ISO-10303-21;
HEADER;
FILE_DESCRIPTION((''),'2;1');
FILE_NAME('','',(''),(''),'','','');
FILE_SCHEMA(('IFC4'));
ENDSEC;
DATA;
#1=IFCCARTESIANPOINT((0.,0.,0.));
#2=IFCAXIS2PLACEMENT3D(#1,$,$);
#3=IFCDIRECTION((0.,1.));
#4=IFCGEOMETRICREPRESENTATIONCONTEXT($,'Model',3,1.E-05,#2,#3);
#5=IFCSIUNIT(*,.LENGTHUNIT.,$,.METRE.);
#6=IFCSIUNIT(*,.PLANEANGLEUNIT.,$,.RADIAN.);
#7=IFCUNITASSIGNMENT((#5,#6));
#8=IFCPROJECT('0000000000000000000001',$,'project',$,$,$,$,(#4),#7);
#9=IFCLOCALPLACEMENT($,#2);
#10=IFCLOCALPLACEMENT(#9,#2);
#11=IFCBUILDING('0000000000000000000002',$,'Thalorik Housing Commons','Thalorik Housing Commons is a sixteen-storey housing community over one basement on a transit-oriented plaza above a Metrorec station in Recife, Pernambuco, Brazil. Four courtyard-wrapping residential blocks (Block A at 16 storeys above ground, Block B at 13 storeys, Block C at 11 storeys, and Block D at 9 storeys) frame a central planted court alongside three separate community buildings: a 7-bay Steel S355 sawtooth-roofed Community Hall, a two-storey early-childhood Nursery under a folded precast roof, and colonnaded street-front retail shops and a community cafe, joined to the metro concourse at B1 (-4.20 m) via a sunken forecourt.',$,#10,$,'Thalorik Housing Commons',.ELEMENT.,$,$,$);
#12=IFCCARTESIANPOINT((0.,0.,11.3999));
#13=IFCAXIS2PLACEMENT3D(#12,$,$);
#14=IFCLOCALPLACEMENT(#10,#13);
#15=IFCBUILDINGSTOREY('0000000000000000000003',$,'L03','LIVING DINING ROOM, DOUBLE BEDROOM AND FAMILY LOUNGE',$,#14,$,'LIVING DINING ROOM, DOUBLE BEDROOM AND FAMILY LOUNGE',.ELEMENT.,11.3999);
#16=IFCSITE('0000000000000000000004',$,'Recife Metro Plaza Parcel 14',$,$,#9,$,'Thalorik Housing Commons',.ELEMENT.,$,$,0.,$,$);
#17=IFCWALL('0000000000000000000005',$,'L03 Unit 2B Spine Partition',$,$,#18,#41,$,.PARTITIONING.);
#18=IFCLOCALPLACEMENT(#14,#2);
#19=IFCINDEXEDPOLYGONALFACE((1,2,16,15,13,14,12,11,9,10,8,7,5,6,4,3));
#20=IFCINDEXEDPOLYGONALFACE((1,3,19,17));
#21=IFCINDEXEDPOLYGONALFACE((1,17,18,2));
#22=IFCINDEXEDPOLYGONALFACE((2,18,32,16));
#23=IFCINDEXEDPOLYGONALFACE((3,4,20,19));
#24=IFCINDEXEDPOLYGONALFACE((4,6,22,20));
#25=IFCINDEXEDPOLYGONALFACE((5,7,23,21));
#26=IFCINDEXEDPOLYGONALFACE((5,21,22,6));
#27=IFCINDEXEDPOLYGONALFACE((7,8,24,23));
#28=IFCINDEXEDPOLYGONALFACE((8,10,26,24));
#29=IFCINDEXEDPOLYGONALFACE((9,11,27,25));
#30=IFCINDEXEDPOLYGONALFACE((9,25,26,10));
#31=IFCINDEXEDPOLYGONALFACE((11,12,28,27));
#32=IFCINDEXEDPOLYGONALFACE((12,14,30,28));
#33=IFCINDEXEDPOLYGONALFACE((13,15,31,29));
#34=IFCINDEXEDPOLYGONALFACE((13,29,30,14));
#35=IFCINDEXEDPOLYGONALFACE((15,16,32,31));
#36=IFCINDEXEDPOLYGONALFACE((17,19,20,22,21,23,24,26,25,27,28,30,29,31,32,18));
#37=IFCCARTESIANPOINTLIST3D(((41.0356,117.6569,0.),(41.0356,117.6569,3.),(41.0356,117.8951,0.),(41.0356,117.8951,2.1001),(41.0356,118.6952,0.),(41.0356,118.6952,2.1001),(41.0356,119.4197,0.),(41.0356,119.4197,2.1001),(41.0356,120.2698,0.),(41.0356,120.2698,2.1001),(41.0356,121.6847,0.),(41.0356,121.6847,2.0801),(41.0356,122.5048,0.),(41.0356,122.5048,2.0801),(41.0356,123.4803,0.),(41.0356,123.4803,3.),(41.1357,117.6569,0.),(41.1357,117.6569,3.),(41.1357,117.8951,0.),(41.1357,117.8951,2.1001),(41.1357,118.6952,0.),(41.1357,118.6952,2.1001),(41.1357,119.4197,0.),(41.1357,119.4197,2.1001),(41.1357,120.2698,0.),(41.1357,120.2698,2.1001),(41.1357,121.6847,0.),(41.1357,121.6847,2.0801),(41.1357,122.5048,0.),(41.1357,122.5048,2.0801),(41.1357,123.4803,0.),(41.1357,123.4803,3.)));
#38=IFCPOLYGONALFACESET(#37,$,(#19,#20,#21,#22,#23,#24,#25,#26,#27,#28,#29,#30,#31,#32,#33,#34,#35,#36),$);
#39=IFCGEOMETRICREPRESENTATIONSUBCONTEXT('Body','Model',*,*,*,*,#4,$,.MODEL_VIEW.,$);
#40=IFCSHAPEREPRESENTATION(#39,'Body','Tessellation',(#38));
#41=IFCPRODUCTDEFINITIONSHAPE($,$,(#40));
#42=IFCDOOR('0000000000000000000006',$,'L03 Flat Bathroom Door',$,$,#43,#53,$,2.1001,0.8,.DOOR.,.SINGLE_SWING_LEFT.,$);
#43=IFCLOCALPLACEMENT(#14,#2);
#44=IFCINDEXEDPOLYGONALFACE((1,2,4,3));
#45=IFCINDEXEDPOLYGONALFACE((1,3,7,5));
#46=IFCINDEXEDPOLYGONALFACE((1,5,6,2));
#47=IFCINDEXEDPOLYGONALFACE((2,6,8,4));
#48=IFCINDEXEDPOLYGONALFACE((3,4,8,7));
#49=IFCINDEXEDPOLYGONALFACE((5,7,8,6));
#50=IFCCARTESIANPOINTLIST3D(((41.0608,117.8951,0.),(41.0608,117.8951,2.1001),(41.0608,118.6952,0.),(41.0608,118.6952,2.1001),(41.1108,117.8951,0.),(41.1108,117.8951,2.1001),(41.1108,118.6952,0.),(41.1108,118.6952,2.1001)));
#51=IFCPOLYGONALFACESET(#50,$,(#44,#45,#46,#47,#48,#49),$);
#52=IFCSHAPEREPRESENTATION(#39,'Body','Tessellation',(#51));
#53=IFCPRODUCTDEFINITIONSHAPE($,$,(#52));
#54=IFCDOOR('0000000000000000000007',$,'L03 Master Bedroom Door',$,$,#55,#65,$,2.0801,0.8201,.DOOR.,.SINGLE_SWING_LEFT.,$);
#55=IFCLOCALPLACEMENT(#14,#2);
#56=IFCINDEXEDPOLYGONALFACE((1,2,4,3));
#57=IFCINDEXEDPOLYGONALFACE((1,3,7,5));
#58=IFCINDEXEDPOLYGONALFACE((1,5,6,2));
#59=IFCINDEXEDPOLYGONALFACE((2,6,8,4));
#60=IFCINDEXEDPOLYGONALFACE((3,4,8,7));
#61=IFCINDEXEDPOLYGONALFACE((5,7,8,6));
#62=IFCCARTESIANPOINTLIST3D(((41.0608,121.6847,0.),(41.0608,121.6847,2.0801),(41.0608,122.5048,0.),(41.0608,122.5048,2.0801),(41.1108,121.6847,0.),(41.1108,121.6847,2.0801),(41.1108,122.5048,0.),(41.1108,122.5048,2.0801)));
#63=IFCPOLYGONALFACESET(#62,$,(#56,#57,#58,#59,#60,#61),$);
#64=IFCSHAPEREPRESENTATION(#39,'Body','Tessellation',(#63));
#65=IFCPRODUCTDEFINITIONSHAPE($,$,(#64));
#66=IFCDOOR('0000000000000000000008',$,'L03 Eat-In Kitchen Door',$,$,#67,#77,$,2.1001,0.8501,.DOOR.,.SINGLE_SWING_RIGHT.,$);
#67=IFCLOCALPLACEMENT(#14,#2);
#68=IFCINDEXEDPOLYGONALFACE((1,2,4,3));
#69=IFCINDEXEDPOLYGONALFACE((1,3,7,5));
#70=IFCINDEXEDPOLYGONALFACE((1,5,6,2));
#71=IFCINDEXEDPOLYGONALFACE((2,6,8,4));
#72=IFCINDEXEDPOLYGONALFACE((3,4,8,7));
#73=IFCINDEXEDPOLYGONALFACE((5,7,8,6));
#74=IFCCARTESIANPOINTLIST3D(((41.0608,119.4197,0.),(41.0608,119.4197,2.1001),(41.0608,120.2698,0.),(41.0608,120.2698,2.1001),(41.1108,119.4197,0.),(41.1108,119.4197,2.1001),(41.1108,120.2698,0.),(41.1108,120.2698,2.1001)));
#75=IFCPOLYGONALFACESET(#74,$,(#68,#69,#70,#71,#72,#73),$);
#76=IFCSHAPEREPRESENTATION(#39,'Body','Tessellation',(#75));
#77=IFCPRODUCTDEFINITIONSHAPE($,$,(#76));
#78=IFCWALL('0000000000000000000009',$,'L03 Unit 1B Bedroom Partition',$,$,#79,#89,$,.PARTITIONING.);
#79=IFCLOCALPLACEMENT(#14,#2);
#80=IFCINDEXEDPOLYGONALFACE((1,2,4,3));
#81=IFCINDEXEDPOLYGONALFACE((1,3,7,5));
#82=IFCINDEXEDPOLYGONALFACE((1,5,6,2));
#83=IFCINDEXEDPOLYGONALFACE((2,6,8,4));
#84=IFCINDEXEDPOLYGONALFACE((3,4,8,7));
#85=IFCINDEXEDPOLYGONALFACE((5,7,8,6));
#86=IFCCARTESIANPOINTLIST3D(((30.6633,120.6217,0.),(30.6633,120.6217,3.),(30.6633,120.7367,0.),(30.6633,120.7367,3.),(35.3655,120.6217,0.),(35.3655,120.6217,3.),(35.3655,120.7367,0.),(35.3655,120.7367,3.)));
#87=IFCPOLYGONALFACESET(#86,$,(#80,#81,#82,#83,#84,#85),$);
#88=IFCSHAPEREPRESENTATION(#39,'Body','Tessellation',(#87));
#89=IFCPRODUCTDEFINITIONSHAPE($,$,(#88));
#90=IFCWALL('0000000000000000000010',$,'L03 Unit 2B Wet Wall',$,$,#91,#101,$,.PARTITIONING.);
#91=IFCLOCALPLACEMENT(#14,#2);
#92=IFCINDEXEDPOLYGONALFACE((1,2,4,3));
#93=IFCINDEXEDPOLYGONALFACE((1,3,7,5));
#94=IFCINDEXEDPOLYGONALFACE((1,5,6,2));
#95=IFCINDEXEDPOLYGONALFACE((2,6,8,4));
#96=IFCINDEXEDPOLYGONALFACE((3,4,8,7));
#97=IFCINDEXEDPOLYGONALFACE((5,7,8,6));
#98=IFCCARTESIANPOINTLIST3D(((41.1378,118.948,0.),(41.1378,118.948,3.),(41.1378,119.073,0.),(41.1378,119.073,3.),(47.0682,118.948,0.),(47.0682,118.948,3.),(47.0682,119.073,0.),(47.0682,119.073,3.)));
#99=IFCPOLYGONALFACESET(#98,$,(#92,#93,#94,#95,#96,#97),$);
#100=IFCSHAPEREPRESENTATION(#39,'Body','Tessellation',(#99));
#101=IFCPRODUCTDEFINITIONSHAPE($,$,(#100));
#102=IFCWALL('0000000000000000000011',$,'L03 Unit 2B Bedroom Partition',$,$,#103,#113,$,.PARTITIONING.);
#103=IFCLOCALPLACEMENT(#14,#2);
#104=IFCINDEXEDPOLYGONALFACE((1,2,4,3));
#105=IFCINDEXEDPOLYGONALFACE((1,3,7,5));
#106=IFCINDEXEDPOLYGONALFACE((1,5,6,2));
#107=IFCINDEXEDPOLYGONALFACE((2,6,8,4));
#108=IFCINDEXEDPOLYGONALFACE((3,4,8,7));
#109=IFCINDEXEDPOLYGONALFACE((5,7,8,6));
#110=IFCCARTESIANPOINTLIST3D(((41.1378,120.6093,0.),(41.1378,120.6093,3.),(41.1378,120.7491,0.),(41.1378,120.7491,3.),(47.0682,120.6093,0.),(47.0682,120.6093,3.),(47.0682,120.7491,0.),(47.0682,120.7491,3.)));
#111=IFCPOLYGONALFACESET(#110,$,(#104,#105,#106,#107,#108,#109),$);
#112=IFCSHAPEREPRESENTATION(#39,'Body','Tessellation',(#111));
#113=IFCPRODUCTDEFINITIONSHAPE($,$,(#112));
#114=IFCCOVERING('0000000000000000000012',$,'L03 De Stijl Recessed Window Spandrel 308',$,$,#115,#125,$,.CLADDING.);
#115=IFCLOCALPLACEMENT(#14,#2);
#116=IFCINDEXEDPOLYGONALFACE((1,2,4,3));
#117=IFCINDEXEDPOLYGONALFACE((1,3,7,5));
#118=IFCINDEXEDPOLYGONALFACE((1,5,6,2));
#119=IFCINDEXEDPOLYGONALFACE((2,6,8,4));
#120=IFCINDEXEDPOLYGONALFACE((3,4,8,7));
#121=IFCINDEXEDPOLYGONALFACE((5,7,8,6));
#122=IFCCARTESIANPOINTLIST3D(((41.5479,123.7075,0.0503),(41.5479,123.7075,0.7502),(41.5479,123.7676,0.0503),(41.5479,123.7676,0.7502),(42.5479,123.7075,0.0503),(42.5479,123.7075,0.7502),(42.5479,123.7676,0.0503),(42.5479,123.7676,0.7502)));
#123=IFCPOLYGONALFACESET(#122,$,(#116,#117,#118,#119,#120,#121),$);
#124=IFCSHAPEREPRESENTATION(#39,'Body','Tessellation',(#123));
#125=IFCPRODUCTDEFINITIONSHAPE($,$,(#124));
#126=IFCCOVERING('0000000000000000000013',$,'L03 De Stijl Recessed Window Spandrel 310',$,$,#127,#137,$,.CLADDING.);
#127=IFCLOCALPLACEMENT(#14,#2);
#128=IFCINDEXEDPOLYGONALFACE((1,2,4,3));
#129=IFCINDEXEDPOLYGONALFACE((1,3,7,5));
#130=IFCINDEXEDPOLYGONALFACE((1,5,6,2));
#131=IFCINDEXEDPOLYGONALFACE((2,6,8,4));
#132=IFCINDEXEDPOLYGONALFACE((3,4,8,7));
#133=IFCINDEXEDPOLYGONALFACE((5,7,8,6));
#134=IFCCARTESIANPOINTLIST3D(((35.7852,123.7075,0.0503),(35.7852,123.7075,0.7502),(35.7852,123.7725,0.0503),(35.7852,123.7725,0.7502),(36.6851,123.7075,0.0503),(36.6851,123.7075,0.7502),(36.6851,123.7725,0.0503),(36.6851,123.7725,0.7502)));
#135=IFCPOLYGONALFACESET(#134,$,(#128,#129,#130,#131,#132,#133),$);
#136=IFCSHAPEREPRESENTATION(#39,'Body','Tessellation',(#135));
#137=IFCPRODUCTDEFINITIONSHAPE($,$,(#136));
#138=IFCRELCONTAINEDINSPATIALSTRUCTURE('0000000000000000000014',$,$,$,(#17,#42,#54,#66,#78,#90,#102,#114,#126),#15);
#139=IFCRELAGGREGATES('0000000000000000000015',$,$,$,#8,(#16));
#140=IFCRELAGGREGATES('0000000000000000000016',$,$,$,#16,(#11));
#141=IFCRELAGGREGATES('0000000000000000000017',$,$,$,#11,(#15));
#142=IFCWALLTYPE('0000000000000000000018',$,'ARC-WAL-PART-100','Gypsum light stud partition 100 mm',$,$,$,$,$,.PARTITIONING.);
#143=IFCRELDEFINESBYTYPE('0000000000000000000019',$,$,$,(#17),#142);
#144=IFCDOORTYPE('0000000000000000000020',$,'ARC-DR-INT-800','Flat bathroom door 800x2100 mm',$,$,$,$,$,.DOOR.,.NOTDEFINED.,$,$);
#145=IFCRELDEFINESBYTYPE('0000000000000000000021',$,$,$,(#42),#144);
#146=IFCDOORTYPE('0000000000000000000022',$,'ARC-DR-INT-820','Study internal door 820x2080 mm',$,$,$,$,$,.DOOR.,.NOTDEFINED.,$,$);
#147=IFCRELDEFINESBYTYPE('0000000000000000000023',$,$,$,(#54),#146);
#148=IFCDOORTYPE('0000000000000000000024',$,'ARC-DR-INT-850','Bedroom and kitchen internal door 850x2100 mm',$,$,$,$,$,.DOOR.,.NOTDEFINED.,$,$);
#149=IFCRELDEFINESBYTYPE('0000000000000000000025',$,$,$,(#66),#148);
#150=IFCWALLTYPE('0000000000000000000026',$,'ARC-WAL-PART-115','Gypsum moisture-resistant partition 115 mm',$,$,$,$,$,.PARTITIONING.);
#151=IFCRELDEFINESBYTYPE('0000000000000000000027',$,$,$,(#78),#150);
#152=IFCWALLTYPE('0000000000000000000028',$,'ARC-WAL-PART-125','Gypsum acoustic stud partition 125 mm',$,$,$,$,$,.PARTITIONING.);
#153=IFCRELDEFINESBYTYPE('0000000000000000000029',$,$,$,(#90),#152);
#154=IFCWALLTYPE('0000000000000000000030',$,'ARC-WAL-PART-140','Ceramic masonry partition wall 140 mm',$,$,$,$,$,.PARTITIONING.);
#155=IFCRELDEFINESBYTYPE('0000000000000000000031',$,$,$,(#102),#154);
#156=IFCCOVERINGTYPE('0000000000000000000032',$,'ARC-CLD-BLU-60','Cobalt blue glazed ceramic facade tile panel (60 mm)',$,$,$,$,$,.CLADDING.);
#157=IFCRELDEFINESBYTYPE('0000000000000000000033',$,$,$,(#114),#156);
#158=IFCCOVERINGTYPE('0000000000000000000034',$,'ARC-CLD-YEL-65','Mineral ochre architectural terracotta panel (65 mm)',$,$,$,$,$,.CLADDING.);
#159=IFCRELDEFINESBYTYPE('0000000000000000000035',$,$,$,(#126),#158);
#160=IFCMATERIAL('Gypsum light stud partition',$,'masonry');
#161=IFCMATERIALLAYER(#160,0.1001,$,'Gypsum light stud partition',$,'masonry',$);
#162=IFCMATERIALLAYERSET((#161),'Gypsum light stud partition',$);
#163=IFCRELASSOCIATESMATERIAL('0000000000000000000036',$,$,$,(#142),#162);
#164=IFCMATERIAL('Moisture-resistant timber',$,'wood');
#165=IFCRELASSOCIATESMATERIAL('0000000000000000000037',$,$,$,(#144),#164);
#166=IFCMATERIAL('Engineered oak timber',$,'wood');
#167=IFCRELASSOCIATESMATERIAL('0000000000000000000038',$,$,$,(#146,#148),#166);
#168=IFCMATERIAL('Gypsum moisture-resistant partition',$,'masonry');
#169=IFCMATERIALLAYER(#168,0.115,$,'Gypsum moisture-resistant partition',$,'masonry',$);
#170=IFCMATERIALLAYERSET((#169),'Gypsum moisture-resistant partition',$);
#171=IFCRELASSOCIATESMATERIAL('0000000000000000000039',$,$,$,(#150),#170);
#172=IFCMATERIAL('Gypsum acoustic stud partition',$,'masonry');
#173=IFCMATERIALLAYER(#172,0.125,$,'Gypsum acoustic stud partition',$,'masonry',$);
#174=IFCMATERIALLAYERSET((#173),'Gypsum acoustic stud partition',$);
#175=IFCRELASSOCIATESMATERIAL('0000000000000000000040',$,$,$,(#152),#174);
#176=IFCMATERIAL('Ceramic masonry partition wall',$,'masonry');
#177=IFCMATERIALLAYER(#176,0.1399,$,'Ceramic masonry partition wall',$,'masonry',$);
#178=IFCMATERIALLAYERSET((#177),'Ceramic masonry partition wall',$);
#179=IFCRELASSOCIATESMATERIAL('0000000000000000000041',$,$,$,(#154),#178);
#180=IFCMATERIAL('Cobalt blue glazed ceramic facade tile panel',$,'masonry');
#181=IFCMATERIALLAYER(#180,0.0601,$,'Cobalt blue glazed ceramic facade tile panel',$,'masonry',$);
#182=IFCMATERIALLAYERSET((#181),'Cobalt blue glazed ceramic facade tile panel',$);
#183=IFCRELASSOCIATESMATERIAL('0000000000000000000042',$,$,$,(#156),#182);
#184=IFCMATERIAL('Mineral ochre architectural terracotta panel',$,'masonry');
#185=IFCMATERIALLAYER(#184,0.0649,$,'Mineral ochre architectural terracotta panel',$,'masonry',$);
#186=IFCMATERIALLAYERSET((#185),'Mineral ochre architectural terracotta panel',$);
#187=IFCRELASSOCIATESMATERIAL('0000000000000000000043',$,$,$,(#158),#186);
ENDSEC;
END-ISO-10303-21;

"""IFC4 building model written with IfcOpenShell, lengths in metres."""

from ifc_helpers import new_model, si_unit, direction, frame, frame_2d, origin, origin_2d, place, context, subcontext, project, spatial, rectangle, extrude, material, layer, layer_set, type_object, element, fill, save


model = new_model("IFC4")

# Units and contexts
model_context = context("Model", 3, precision=1e-05, world=origin(), true_north=direction((0.0, 1.0)))
body_context = subcontext(model_context, "Body", "Model", "MODEL_VIEW")
ifc_project = project(units=[si_unit("LENGTHUNIT", "METRE"), si_unit("PLANEANGLEUNIT", "RADIAN")], contexts=[model_context])

# Site, building, storey
site_placement = place(None, origin())
site = spatial("IfcSite", under=ifc_project, at=site_placement, Name="Recife Metro Plaza Parcel 14", LongName="Thalorik Housing Commons", CompositionType="ELEMENT", RefElevation=0.0)
building_placement = place(site_placement, origin())
building = spatial("IfcBuilding", under=site, at=building_placement, Name="Thalorik Housing Commons", Description="Thalorik Housing Commons is a sixteen-storey housing community over one basement on a transit-oriented plaza above a Metrorec station in Recife, Pernambuco, Brazil. Four courtyard-wrapping residential blocks (Block A at 16 storeys above ground, Block B at 13 storeys, Block C at 11 storeys, and Block D at 9 storeys) frame a central planted court alongside three separate community buildings: a 7-bay Steel S355 sawtooth-roofed Community Hall, a two-storey early-childhood Nursery under a folded precast roof, and colonnaded street-front retail shops and a community cafe, joined to the metro concourse at B1 (-4.20 m) via a sunken forecourt.", LongName="Thalorik Housing Commons", CompositionType="ELEMENT")
storey_placement = place(building_placement, frame((0.0, 0.0, 11.3999)))
storey = spatial("IfcBuildingStorey", under=building, at=storey_placement, Name="L03", Description="LIVING DINING ROOM, DOUBLE BEDROOM AND FAMILY LOUNGE", LongName="LIVING DINING ROOM, DOUBLE BEDROOM AND FAMILY LOUNGE", CompositionType="ELEMENT", Elevation=11.3999)

# Shared definitions
ifc_material_1 = material(Name="Gypsum light stud partition", Category="masonry")
ifc_layer_1 = layer(ifc_material_1, 0.1001, Name="Gypsum light stud partition", Category="masonry")
ifc_layer_set_1 = layer_set([ifc_layer_1], Name="Gypsum light stud partition")
wall_type_1 = type_object("IfcWallType", Name="ARC-WAL-PART-100", Description="Gypsum light stud partition 100 mm", PredefinedType="PARTITIONING", material=ifc_layer_set_1)

# Wall, openings, doors
wall_1_placement = place(storey_placement, frame((41.0857, 117.657, 0.0), z_axis=(0.0, 0.0, 1.0), x_axis=(0.0, 1.0, 0.0)))
wall_1 = element("IfcWall", 1, at=wall_1_placement, inside=storey, type_object=wall_type_1, Name="L03 Unit 2B Spine Partition", PredefinedType="PARTITIONING", context=body_context, shape_type="SweptSolid", body=[
    extrude(rectangle(XDim=5.8235, YDim=0.1001, at=frame_2d((2.9116, 0.0))), origin(), (0.0, 0.0, 1.0), 3.0),
])
opening_1_placement = place(wall_1_placement, frame((0.2383, 0.0, 0.0)))
opening_1 = element("IfcOpeningElement", 2, at=opening_1_placement, cuts=wall_1, PredefinedType="OPENING", context=body_context, shape_type="SweptSolid", body=[
    extrude(rectangle(XDim=0.8, YDim=2.1001, at=frame_2d((0.3999, 1.05))), frame((0.0, 0.0601, 0.0), z_axis=(0.0, -1.0, 0.0), x_axis=(1.0, 0.0, 0.0)), (0.0, 0.0, 1.0), 0.1201),
])
opening_2_placement = place(wall_1_placement, frame((1.7627, 0.0, 0.0)))
opening_2 = element("IfcOpeningElement", 3, at=opening_2_placement, cuts=wall_1, PredefinedType="OPENING", context=body_context, shape_type="SweptSolid", body=[
    extrude(rectangle(XDim=0.8501, YDim=2.1001, at=frame_2d((0.425, 1.05))), frame((0.0, 0.0601, 0.0), z_axis=(0.0, -1.0, 0.0), x_axis=(1.0, 0.0, 0.0)), (0.0, 0.0, 1.0), 0.1201),
])
opening_3_placement = place(wall_1_placement, frame((4.0276, 0.0, 0.0)))
opening_3 = element("IfcOpeningElement", 4, at=opening_3_placement, cuts=wall_1, PredefinedType="OPENING", context=body_context, shape_type="SweptSolid", body=[
    extrude(rectangle(XDim=0.8201, YDim=2.0801, at=frame_2d((0.4102, 1.04))), frame((0.0, 0.0601, 0.0), z_axis=(0.0, -1.0, 0.0), x_axis=(1.0, 0.0, 0.0)), (0.0, 0.0, 1.0), 0.1201),
])
ifc_material_2 = material(Name="Moisture-resistant timber", Category="wood")
door_type_1 = type_object("IfcDoorType", Name="ARC-DR-INT-800", Description="Flat bathroom door 800x2100 mm", OperationType="NOTDEFINED", PredefinedType="DOOR", material=ifc_material_2)
door_1_placement = place(opening_1_placement, origin())
door_1 = element("IfcDoor", 5, at=door_1_placement, inside=storey, type_object=door_type_1, Name="L03 Flat Bathroom Door", OperationType="SINGLE_SWING_LEFT", OverallHeight=2.1001, OverallWidth=0.8, PredefinedType="DOOR", context=body_context, shape_type="SweptSolid", body=[
    extrude(rectangle(XDim=0.8, YDim=2.1001, at=frame_2d((0.3999, 1.05))), frame((0.0, 0.0249, 0.0), z_axis=(0.0, -1.0, 0.0), x_axis=(1.0, 0.0, 0.0)), (0.0, 0.0, 1.0), 0.05),
])
fill(opening_1, door_1)
ifc_material_3 = material(Name="Engineered oak timber", Category="wood")
door_type_2 = type_object("IfcDoorType", Name="ARC-DR-INT-820", Description="Study internal door 820x2080 mm", OperationType="NOTDEFINED", PredefinedType="DOOR", material=ifc_material_3)
door_2_placement = place(opening_3_placement, origin())
door_2 = element("IfcDoor", 6, at=door_2_placement, inside=storey, type_object=door_type_2, Name="L03 Master Bedroom Door", OperationType="SINGLE_SWING_LEFT", OverallHeight=2.0801, OverallWidth=0.8201, PredefinedType="DOOR", context=body_context, shape_type="SweptSolid", body=[
    extrude(rectangle(XDim=0.8201, YDim=2.0801, at=frame_2d((0.4102, 1.04))), frame((0.0, 0.0249, 0.0), z_axis=(0.0, -1.0, 0.0), x_axis=(1.0, 0.0, 0.0)), (0.0, 0.0, 1.0), 0.05),
])
fill(opening_3, door_2)
door_type_3 = type_object("IfcDoorType", Name="ARC-DR-INT-850", Description="Bedroom and kitchen internal door 850x2100 mm", OperationType="NOTDEFINED", PredefinedType="DOOR", material=ifc_material_3)
door_3_placement = place(opening_2_placement, origin())
door_3 = element("IfcDoor", 7, at=door_3_placement, inside=storey, type_object=door_type_3, Name="L03 Eat-In Kitchen Door", OperationType="SINGLE_SWING_RIGHT", OverallHeight=2.1001, OverallWidth=0.8501, PredefinedType="DOOR", context=body_context, shape_type="SweptSolid", body=[
    extrude(rectangle(XDim=0.8501, YDim=2.1001, at=frame_2d((0.425, 1.05))), frame((0.0, 0.0249, 0.0), z_axis=(0.0, -1.0, 0.0), x_axis=(1.0, 0.0, 0.0)), (0.0, 0.0, 1.0), 0.05),
])
fill(opening_2, door_3)

# Walls
ifc_material_4 = material(Name="Gypsum moisture-resistant partition", Category="masonry")
ifc_layer_2 = layer(ifc_material_4, 0.115, Name="Gypsum moisture-resistant partition", Category="masonry")
ifc_layer_set_2 = layer_set([ifc_layer_2], Name="Gypsum moisture-resistant partition")
wall_type_2 = type_object("IfcWallType", Name="ARC-WAL-PART-115", Description="Gypsum moisture-resistant partition 115 mm", PredefinedType="PARTITIONING", material=ifc_layer_set_2)
wall_2_placement = place(storey_placement, frame((30.6633, 120.6792, 0.0), z_axis=(0.0, 0.0, 1.0), x_axis=(1.0, 0.0, 0.0)))
element("IfcWall", 8, at=wall_2_placement, inside=storey, type_object=wall_type_2, Name="L03 Unit 1B Bedroom Partition", PredefinedType="PARTITIONING", context=body_context, shape_type="SweptSolid", body=[
    extrude(rectangle(XDim=4.7021, YDim=0.115, at=frame_2d((2.3511, 0.0))), origin(), (0.0, 0.0, 1.0), 3.0),
])
ifc_material_5 = material(Name="Gypsum acoustic stud partition", Category="masonry")
ifc_layer_3 = layer(ifc_material_5, 0.125, Name="Gypsum acoustic stud partition", Category="masonry")
ifc_layer_set_3 = layer_set([ifc_layer_3], Name="Gypsum acoustic stud partition")
wall_type_3 = type_object("IfcWallType", Name="ARC-WAL-PART-125", Description="Gypsum acoustic stud partition 125 mm", PredefinedType="PARTITIONING", material=ifc_layer_set_3)
wall_3_placement = place(storey_placement, frame((41.1377, 119.0105, 0.0), z_axis=(0.0, 0.0, 1.0), x_axis=(1.0, 0.0, 0.0)))
element("IfcWall", 9, at=wall_3_placement, inside=storey, type_object=wall_type_3, Name="L03 Unit 2B Wet Wall", PredefinedType="PARTITIONING", context=body_context, shape_type="SweptSolid", body=[
    extrude(rectangle(XDim=5.9304, YDim=0.125, at=frame_2d((2.9653, 0.0))), origin(), (0.0, 0.0, 1.0), 3.0),
])
ifc_material_6 = material(Name="Ceramic masonry partition wall", Category="masonry")
ifc_layer_4 = layer(ifc_material_6, 0.1399, Name="Ceramic masonry partition wall", Category="masonry")
ifc_layer_set_4 = layer_set([ifc_layer_4], Name="Ceramic masonry partition wall")
wall_type_4 = type_object("IfcWallType", Name="ARC-WAL-PART-140", Description="Ceramic masonry partition wall 140 mm", PredefinedType="PARTITIONING", material=ifc_layer_set_4)
wall_4_placement = place(storey_placement, frame((41.1377, 120.6792, 0.0), z_axis=(0.0, 0.0, 1.0), x_axis=(1.0, 0.0, 0.0)))
element("IfcWall", 10, at=wall_4_placement, inside=storey, type_object=wall_type_4, Name="L03 Unit 2B Bedroom Partition", PredefinedType="PARTITIONING", context=body_context, shape_type="SweptSolid", body=[
    extrude(rectangle(XDim=5.9304, YDim=0.1399, at=frame_2d((2.9653, 0.0))), origin(), (0.0, 0.0, 1.0), 3.0),
])

# Coverings
ifc_material_7 = material(Name="Cobalt blue glazed ceramic facade tile panel", Category="masonry")
ifc_layer_5 = layer(ifc_material_7, 0.0601, Name="Cobalt blue glazed ceramic facade tile panel", Category="masonry")
ifc_layer_set_5 = layer_set([ifc_layer_5], Name="Cobalt blue glazed ceramic facade tile panel")
covering_type_1 = type_object("IfcCoveringType", Name="ARC-CLD-BLU-60", Description="Cobalt blue glazed ceramic facade tile panel (60 mm)", PredefinedType="CLADDING", material=ifc_layer_set_5)
covering_1_placement = place(storey_placement, frame((42.0479, 123.7375, 0.0503), z_axis=(0.0, 0.0, 1.0), x_axis=(-1.0, 0.0, 0.0)))
element("IfcCovering", 11, at=covering_1_placement, inside=storey, type_object=covering_type_1, Name="L03 De Stijl Recessed Window Spandrel 308", PredefinedType="CLADDING", context=body_context, shape_type="SweptSolid", body=[
    extrude(rectangle(XDim=1.0, YDim=0.0601, at=origin_2d()), origin(), (0.0, 0.0, 1.0), 0.7),
])
ifc_material_8 = material(Name="Mineral ochre architectural terracotta panel", Category="masonry")
ifc_layer_6 = layer(ifc_material_8, 0.0649, Name="Mineral ochre architectural terracotta panel", Category="masonry")
ifc_layer_set_6 = layer_set([ifc_layer_6], Name="Mineral ochre architectural terracotta panel")
covering_type_2 = type_object("IfcCoveringType", Name="ARC-CLD-YEL-65", Description="Mineral ochre architectural terracotta panel (65 mm)", PredefinedType="CLADDING", material=ifc_layer_set_6)
covering_2_placement = place(storey_placement, frame((36.2351, 123.74, 0.0503), z_axis=(0.0, 0.0, 1.0), x_axis=(-1.0, 0.0, 0.0)))
element("IfcCovering", 12, at=covering_2_placement, inside=storey, type_object=covering_type_2, Name="L03 De Stijl Recessed Window Spandrel 310", PredefinedType="CLADDING", context=body_context, shape_type="SweptSolid", body=[
    extrude(rectangle(XDim=0.8999, YDim=0.0649, at=origin_2d()), origin(), (0.0, 0.0, 1.0), 0.7),
])

save(model, "model.ifc")
